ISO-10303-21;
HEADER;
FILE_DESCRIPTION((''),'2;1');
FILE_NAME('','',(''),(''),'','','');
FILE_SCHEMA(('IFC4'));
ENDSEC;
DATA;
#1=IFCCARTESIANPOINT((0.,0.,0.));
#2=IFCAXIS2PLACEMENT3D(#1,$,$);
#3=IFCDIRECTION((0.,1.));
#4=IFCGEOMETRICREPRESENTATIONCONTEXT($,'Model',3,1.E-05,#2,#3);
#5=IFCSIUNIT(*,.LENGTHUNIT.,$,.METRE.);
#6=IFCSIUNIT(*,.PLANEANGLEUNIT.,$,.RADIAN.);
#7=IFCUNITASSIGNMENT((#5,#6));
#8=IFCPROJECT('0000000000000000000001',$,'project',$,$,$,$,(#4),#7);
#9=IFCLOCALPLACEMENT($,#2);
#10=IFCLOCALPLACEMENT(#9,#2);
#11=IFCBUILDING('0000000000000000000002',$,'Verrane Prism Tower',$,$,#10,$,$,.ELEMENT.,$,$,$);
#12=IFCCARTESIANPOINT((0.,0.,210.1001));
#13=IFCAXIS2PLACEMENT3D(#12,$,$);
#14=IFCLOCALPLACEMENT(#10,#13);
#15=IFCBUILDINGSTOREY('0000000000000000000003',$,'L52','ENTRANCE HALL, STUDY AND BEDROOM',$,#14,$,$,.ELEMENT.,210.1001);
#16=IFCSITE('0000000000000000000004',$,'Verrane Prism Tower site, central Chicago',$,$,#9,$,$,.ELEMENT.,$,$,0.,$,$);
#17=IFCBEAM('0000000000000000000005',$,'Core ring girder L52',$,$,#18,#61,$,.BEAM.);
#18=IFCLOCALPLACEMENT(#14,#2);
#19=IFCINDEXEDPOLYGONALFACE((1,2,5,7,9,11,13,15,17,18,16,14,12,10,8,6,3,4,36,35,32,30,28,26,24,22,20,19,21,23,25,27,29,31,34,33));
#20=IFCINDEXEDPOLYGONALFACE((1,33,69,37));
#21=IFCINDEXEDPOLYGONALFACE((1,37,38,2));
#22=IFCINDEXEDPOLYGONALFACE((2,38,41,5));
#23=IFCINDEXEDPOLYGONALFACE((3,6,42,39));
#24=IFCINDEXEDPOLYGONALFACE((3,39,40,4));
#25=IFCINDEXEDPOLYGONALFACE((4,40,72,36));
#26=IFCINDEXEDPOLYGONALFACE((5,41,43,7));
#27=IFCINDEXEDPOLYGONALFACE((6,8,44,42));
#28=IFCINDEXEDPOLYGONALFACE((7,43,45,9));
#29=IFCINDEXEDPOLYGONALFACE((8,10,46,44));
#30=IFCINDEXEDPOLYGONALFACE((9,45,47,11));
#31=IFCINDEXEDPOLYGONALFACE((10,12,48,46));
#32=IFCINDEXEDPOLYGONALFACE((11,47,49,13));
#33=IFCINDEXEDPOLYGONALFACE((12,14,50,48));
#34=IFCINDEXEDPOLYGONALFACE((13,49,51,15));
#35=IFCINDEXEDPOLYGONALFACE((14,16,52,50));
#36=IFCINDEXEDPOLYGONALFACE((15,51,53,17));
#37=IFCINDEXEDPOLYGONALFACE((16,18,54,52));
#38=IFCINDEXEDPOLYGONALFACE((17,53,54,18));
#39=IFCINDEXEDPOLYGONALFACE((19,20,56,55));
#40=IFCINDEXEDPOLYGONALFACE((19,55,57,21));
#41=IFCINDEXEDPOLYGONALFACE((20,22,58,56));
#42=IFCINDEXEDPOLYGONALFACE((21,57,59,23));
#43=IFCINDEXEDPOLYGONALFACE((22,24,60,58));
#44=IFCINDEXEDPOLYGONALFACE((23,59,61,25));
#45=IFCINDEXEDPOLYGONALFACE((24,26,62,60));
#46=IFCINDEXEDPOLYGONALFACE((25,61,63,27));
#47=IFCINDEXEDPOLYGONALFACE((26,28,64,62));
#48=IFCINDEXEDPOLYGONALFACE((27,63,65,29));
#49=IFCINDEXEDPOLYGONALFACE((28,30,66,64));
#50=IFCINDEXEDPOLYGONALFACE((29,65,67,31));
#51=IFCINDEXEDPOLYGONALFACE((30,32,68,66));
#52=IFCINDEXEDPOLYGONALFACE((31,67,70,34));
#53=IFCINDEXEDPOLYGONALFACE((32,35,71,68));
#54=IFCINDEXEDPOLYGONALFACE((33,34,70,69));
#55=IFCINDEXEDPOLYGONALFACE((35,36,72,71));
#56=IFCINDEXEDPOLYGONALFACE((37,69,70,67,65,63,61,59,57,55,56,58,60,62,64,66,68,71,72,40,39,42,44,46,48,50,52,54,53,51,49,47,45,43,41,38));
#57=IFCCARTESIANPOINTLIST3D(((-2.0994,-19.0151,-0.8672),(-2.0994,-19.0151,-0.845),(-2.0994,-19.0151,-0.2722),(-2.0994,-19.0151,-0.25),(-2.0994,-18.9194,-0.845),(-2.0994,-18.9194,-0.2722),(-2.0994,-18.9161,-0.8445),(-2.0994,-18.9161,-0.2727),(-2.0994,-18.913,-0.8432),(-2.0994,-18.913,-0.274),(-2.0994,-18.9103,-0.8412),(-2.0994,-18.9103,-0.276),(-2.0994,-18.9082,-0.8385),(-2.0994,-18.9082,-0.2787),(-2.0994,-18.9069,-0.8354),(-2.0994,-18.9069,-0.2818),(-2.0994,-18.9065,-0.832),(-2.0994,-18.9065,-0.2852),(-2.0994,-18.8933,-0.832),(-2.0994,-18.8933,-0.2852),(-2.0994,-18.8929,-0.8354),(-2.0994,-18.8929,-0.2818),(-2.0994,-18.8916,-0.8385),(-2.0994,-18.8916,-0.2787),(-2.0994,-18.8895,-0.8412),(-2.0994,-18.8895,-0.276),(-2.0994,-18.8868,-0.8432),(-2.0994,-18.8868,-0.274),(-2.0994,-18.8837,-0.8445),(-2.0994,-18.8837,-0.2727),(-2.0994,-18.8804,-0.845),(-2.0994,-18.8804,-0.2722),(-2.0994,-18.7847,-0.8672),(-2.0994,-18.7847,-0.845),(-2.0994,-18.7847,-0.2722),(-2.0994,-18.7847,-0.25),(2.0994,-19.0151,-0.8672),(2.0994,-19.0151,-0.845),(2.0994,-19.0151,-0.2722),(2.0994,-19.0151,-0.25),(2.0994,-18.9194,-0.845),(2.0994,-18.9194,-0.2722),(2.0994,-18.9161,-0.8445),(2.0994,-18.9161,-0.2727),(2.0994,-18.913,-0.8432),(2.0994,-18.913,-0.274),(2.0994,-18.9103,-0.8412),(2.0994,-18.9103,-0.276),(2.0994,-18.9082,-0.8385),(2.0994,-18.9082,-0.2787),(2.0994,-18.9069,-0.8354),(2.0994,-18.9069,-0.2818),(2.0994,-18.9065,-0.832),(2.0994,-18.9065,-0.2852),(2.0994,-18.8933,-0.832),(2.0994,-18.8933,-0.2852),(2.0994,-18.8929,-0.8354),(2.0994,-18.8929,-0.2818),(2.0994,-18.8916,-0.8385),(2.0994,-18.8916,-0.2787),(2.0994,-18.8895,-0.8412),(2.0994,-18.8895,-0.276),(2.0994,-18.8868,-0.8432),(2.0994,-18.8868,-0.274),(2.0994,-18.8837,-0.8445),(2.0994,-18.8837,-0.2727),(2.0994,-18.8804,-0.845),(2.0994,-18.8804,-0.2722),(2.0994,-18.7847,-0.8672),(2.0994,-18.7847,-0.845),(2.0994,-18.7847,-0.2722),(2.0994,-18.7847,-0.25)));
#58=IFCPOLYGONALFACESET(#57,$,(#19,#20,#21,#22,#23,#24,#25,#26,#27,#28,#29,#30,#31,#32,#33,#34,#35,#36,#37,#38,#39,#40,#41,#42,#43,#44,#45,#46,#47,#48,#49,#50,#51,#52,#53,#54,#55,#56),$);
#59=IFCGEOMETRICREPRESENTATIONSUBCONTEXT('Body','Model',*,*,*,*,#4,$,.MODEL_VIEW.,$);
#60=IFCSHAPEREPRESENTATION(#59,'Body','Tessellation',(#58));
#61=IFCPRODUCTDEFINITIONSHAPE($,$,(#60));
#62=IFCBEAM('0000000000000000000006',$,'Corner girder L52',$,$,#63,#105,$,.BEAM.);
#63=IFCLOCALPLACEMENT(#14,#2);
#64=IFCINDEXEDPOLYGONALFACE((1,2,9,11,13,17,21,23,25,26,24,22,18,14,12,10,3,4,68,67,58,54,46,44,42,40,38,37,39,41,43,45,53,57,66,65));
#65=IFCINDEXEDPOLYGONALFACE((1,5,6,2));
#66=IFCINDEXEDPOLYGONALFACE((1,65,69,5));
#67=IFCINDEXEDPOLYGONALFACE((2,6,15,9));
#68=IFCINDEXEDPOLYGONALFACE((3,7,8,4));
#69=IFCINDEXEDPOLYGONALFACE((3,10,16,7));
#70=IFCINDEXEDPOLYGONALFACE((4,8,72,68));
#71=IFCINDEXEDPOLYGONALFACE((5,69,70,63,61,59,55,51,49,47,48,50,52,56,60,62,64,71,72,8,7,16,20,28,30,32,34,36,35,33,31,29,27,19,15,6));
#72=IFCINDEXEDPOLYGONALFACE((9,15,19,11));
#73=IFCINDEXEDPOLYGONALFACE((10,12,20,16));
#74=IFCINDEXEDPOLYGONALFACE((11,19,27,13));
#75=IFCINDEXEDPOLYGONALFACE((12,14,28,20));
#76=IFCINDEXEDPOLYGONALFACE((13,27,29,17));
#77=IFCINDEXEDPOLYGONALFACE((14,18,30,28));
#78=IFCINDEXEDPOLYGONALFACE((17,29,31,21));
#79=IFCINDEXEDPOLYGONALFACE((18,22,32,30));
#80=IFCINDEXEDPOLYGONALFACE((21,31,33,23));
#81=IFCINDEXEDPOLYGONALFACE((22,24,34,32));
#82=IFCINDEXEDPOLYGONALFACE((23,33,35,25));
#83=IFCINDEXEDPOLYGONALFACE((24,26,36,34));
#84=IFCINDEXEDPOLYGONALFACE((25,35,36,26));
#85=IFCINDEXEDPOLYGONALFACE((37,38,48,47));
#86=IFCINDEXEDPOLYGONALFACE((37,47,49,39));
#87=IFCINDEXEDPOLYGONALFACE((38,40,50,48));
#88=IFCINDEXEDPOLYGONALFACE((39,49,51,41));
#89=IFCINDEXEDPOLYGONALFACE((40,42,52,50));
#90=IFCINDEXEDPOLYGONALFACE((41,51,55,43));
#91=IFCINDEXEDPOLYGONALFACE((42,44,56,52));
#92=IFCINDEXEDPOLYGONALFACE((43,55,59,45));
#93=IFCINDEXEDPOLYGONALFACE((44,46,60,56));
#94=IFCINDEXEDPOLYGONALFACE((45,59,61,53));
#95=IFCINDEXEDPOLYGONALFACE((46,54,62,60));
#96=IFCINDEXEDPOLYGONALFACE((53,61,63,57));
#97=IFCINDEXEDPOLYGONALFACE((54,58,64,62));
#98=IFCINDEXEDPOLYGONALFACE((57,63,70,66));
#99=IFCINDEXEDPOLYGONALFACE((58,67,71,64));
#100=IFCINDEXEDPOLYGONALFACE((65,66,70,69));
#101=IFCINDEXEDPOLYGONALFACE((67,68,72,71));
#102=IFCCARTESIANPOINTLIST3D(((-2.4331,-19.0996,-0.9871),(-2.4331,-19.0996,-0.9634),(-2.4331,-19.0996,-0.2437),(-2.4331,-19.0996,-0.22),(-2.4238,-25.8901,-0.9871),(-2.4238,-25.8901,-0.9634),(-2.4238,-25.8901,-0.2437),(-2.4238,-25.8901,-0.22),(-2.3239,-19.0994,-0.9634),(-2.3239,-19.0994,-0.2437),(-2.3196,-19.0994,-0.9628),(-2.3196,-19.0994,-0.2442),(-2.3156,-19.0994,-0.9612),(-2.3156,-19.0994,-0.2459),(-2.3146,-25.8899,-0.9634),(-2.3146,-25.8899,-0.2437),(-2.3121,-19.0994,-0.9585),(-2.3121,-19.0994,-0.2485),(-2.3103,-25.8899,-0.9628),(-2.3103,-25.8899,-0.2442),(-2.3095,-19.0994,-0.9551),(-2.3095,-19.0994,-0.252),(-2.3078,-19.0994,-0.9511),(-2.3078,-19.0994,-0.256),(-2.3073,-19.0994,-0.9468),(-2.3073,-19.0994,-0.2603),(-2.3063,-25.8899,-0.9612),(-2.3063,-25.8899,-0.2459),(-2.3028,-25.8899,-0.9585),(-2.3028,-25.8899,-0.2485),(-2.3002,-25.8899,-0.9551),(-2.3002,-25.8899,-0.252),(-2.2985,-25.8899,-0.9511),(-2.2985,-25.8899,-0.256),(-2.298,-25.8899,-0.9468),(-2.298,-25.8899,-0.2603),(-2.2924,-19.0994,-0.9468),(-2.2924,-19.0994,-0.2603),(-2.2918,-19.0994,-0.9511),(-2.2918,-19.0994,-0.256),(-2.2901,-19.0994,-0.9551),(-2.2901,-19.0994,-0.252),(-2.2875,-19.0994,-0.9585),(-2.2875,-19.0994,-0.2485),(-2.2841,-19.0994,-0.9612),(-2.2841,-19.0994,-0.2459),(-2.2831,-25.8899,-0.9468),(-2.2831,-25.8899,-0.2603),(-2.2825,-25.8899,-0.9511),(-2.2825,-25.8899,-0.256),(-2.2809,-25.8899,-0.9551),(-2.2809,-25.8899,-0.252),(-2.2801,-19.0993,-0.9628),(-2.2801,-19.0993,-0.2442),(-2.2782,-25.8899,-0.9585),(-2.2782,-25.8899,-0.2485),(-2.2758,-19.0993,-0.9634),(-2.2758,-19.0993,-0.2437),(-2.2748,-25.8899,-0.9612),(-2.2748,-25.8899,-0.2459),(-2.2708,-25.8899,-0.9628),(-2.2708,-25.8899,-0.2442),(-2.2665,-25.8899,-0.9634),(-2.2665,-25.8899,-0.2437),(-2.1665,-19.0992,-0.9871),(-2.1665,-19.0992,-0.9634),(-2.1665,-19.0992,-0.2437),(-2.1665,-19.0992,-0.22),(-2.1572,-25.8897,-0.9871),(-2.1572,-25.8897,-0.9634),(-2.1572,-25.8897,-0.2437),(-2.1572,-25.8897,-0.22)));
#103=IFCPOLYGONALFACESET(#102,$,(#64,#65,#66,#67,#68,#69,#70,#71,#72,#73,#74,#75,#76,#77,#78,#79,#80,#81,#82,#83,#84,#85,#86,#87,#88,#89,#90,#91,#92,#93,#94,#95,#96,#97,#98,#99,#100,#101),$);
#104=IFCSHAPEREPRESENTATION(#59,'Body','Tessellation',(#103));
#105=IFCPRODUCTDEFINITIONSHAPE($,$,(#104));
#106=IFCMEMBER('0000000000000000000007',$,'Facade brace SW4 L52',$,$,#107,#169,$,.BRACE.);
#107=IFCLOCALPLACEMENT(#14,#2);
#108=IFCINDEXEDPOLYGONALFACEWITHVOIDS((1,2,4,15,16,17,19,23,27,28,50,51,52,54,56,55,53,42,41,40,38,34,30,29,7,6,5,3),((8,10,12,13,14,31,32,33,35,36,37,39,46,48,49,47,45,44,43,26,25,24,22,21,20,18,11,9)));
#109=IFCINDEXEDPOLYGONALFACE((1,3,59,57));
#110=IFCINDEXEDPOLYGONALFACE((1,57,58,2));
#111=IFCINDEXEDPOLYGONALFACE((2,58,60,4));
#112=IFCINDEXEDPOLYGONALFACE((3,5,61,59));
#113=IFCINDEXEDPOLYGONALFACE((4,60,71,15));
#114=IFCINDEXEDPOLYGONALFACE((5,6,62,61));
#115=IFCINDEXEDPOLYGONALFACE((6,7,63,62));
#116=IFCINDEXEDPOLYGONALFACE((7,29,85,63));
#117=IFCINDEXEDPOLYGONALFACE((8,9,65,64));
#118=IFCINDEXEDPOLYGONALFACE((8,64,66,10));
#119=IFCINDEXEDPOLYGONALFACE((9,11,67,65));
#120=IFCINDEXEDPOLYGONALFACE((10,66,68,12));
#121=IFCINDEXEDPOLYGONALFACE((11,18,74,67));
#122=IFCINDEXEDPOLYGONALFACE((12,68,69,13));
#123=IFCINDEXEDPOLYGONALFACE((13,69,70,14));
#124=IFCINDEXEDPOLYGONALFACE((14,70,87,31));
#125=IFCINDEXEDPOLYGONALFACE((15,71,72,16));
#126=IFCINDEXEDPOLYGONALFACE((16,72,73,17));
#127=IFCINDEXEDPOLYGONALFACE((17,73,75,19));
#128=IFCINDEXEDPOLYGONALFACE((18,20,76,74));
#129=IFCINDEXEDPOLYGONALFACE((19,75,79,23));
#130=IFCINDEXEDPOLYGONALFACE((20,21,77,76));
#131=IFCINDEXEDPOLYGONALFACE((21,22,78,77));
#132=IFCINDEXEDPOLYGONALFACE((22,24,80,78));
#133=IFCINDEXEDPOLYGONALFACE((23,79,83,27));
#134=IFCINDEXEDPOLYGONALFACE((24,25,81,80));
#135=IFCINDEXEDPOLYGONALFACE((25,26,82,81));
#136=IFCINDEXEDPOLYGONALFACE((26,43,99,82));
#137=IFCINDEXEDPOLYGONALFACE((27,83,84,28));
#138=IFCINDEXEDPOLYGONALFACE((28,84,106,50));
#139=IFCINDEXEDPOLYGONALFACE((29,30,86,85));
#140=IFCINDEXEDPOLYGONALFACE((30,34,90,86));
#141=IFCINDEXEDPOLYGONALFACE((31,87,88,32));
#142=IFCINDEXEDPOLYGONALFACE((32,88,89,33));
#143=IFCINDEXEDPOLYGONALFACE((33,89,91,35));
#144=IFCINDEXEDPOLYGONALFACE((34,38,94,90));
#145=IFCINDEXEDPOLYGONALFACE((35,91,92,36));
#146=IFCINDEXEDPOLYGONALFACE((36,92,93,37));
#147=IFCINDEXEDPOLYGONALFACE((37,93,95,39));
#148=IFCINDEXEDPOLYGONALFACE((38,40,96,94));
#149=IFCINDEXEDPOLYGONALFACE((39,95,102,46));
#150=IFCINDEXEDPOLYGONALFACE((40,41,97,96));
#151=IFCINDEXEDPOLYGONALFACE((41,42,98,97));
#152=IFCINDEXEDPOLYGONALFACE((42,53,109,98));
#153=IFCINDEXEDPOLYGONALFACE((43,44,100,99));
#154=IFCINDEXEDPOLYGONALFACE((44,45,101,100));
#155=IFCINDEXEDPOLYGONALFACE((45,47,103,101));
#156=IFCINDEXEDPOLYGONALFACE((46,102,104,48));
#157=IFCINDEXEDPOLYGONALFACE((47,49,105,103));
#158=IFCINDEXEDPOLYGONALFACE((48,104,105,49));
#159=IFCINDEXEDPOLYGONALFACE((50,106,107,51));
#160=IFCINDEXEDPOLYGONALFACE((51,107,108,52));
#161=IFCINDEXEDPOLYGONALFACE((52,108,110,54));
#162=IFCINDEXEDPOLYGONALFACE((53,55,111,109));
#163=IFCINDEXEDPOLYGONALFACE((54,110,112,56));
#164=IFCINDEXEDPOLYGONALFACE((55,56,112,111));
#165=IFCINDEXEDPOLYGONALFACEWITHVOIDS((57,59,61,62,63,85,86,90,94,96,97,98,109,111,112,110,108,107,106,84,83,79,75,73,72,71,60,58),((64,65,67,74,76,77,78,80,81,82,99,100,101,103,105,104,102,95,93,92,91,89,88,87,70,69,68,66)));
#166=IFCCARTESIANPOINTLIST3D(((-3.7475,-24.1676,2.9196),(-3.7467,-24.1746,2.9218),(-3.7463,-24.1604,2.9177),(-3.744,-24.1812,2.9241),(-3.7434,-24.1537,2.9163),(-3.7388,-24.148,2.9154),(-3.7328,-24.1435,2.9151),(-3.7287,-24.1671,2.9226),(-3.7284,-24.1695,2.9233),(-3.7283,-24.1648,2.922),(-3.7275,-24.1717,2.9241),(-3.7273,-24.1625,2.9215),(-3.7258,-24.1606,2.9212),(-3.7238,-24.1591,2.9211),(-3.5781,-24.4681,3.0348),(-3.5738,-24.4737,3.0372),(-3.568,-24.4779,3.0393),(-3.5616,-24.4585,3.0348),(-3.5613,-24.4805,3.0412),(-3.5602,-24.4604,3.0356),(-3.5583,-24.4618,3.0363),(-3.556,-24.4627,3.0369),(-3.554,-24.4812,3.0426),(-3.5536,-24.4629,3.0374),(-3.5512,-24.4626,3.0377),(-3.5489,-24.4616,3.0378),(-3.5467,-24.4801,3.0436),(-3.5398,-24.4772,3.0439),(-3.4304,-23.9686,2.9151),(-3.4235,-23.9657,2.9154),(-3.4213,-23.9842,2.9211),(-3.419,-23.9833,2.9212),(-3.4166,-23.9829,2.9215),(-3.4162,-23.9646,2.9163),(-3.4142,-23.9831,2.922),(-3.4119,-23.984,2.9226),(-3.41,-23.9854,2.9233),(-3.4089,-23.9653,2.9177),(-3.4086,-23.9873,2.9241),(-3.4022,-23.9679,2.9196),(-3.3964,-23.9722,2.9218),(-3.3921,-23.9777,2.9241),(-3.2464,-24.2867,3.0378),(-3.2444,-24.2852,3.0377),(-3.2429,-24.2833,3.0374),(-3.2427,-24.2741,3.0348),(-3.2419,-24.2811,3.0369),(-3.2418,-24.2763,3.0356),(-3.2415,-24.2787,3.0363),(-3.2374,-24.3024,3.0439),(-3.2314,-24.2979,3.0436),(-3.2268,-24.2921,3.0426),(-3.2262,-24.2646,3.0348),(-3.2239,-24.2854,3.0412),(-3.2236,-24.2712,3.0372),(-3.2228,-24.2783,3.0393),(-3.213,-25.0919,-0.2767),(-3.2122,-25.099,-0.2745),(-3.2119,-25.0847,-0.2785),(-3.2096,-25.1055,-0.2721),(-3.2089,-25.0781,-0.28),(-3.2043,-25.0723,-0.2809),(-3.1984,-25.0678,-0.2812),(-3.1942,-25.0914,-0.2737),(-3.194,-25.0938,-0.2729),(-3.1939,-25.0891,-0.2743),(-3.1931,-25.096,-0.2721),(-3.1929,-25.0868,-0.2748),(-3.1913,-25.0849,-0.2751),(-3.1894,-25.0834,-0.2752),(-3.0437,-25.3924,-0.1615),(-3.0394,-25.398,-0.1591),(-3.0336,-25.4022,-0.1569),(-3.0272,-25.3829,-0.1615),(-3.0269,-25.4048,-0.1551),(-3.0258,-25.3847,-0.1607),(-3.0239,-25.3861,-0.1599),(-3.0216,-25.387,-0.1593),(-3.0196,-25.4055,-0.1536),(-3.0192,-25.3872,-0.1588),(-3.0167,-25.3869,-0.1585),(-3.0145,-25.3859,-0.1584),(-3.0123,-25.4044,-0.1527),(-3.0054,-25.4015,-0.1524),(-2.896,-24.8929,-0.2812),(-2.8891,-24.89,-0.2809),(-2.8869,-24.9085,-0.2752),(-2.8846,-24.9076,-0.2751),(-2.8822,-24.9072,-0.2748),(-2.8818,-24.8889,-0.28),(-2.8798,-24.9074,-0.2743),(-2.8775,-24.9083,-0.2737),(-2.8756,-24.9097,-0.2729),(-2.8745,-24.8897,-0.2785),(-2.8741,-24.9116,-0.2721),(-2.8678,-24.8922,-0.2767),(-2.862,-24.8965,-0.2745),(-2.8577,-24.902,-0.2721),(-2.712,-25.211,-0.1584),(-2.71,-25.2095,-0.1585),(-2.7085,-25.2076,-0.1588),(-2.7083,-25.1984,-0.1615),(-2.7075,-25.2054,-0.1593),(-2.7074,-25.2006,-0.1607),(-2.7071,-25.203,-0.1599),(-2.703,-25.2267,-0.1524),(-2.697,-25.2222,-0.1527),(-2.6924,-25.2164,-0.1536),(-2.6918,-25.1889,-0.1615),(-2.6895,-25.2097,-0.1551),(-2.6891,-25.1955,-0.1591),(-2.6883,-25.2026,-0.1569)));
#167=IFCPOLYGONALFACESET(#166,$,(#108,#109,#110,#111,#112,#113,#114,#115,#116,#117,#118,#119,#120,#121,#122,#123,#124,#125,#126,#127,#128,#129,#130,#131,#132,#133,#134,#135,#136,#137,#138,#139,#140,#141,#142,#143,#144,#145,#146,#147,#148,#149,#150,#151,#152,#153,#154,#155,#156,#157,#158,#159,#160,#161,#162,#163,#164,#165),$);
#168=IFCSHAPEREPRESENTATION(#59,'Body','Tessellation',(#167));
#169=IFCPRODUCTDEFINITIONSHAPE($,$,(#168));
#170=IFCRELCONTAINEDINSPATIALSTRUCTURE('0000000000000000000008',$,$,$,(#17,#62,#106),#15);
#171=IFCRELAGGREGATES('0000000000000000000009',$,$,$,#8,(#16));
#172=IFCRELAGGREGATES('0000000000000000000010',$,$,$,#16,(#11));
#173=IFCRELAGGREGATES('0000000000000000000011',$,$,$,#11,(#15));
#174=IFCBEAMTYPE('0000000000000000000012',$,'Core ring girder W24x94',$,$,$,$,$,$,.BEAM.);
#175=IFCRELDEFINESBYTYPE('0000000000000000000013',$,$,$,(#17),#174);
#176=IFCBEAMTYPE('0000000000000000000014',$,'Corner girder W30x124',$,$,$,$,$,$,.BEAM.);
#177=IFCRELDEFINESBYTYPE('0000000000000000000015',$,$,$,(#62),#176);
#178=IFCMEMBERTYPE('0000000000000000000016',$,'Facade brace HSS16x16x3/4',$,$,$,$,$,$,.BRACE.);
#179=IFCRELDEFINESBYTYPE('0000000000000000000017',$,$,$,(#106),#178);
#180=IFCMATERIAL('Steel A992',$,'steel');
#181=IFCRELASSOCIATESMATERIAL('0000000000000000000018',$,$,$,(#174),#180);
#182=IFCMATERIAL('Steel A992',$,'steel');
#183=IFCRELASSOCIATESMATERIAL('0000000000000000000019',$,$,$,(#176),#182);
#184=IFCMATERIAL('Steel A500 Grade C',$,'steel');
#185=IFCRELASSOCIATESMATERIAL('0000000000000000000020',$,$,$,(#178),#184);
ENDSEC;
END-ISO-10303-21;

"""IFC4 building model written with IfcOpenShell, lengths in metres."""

from ifc_helpers import new_model, si_unit, direction, frame, origin, origin_2d, place, context, subcontext, project, spatial, hollow_rectangle, i_section, extrude, material, material_profile, profile_set, type_object, element, save


model = new_model("IFC4")

# Units and contexts
model_context = context("Model", 3, precision=1e-05, world=origin(), true_north=direction((0.0, 1.0)))
body_context = subcontext(model_context, "Body", "Model", "MODEL_VIEW")
ifc_project = project(units=[si_unit("LENGTHUNIT", "METRE"), si_unit("PLANEANGLEUNIT", "RADIAN")], contexts=[model_context])

# Site, building, storey
site_placement = place(None, origin())
site = spatial("IfcSite", under=ifc_project, at=site_placement, Name="Verrane Prism Tower site, central Chicago", CompositionType="ELEMENT", RefElevation=0.0)
building_placement = place(site_placement, origin())
building = spatial("IfcBuilding", under=site, at=building_placement, Name="Verrane Prism Tower", CompositionType="ELEMENT")
storey_placement = place(building_placement, frame((0.0, 0.0, 210.1001)))
storey = spatial("IfcBuildingStorey", under=building, at=storey_placement, Name="L52", Description="ENTRANCE HALL, STUDY AND BEDROOM", CompositionType="ELEMENT", Elevation=210.1001)

# Beams
ifc_material_1 = material(Name="Steel A992", Category="steel")
ifc_material_profile_1 = material_profile(ifc_material_1, i_section(OverallWidth=0.2305, OverallDepth=0.6172, WebThickness=0.0132, FlangeThickness=0.0222, FilletRadius=0.0129, at=origin_2d()), Name="W24x94")
ifc_profile_set_1 = profile_set([ifc_material_profile_1], Name="Steel A992")
beam_type_1 = type_object("IfcBeamType", Name="Core ring girder W24x94", PredefinedType="BEAM", material=ifc_profile_set_1)
beam_1_placement = place(storey_placement, frame((-2.0994, -18.8999, -0.5586), z_axis=(1.0, 0.0, 0.0), x_axis=(0.0, 1.0, 0.0)))
element("IfcBeam", 1, at=beam_1_placement, inside=storey, type_object=beam_type_1, Name="Core ring girder L52", PredefinedType="BEAM", context=body_context, shape_type="SweptSolid", body=[
    extrude(i_section(OverallWidth=0.2305, OverallDepth=0.6172, WebThickness=0.0132, FlangeThickness=0.0222, FilletRadius=0.0129, at=origin_2d()), origin(), (0.0, 0.0, 1.0), 4.1987),
])
ifc_material_2 = material(Name="Steel A992", Category="steel")
ifc_material_profile_2 = material_profile(ifc_material_2, i_section(OverallWidth=0.2666, OverallDepth=0.7671, WebThickness=0.0149, FlangeThickness=0.0237, FilletRadius=0.0166, at=origin_2d()), Name="W30x124")
ifc_profile_set_2 = profile_set([ifc_material_profile_2], Name="Steel A992")
beam_type_2 = type_object("IfcBeamType", Name="Corner girder W30x124", PredefinedType="BEAM", material=ifc_profile_set_2)
beam_2_placement = place(storey_placement, frame((-2.2905, -25.8899, -0.6035), z_axis=(-0.001366, 0.999999, 0.0), x_axis=(-0.999999, -0.001366, 0.0)))
element("IfcBeam", 2, at=beam_2_placement, inside=storey, type_object=beam_type_2, Name="Corner girder L52", PredefinedType="BEAM", context=body_context, shape_type="SweptSolid", body=[
    extrude(i_section(OverallWidth=0.2666, OverallDepth=0.7671, WebThickness=0.0149, FlangeThickness=0.0237, FilletRadius=0.0166, at=origin_2d()), origin(), (0.0, 0.0, 1.0), 6.7905),
])

# Member
ifc_material_3 = material(Name="Steel A500 Grade C", Category="steel")
ifc_material_profile_3 = material_profile(ifc_material_3, hollow_rectangle(XDim=0.4065, YDim=0.4065, WallThickness=0.019, InnerFilletRadius=0.0095, OuterFilletRadius=0.0286, at=origin_2d()), Name="HSS16x16x3/4")
ifc_profile_set_3 = profile_set([ifc_material_profile_3], Name="Steel A500 Grade C")
member_type_1 = type_object("IfcMemberType", Name="Facade brace HSS16x16x3/4", PredefinedType="BRACE", material=ifc_profile_set_3)
member_1_placement = place(storey_placement, frame((-2.9507, -25.1472, -0.2168), z_axis=(-0.158587, 0.274286, 0.948482), x_axis=(-0.865713, -0.50054, 0.0)))
element("IfcMember", 3, at=member_1_placement, inside=storey, type_object=member_type_1, Name="Facade brace SW4 L52", PredefinedType="BRACE", context=body_context, shape_type="SweptSolid", body=[
    extrude(hollow_rectangle(XDim=0.4065, YDim=0.4065, WallThickness=0.019, InnerFilletRadius=0.0095, OuterFilletRadius=0.0286, at=origin_2d()), origin(), (0.0, 0.0, 1.0), 3.3699),
])

save(model, "model.ifc")
